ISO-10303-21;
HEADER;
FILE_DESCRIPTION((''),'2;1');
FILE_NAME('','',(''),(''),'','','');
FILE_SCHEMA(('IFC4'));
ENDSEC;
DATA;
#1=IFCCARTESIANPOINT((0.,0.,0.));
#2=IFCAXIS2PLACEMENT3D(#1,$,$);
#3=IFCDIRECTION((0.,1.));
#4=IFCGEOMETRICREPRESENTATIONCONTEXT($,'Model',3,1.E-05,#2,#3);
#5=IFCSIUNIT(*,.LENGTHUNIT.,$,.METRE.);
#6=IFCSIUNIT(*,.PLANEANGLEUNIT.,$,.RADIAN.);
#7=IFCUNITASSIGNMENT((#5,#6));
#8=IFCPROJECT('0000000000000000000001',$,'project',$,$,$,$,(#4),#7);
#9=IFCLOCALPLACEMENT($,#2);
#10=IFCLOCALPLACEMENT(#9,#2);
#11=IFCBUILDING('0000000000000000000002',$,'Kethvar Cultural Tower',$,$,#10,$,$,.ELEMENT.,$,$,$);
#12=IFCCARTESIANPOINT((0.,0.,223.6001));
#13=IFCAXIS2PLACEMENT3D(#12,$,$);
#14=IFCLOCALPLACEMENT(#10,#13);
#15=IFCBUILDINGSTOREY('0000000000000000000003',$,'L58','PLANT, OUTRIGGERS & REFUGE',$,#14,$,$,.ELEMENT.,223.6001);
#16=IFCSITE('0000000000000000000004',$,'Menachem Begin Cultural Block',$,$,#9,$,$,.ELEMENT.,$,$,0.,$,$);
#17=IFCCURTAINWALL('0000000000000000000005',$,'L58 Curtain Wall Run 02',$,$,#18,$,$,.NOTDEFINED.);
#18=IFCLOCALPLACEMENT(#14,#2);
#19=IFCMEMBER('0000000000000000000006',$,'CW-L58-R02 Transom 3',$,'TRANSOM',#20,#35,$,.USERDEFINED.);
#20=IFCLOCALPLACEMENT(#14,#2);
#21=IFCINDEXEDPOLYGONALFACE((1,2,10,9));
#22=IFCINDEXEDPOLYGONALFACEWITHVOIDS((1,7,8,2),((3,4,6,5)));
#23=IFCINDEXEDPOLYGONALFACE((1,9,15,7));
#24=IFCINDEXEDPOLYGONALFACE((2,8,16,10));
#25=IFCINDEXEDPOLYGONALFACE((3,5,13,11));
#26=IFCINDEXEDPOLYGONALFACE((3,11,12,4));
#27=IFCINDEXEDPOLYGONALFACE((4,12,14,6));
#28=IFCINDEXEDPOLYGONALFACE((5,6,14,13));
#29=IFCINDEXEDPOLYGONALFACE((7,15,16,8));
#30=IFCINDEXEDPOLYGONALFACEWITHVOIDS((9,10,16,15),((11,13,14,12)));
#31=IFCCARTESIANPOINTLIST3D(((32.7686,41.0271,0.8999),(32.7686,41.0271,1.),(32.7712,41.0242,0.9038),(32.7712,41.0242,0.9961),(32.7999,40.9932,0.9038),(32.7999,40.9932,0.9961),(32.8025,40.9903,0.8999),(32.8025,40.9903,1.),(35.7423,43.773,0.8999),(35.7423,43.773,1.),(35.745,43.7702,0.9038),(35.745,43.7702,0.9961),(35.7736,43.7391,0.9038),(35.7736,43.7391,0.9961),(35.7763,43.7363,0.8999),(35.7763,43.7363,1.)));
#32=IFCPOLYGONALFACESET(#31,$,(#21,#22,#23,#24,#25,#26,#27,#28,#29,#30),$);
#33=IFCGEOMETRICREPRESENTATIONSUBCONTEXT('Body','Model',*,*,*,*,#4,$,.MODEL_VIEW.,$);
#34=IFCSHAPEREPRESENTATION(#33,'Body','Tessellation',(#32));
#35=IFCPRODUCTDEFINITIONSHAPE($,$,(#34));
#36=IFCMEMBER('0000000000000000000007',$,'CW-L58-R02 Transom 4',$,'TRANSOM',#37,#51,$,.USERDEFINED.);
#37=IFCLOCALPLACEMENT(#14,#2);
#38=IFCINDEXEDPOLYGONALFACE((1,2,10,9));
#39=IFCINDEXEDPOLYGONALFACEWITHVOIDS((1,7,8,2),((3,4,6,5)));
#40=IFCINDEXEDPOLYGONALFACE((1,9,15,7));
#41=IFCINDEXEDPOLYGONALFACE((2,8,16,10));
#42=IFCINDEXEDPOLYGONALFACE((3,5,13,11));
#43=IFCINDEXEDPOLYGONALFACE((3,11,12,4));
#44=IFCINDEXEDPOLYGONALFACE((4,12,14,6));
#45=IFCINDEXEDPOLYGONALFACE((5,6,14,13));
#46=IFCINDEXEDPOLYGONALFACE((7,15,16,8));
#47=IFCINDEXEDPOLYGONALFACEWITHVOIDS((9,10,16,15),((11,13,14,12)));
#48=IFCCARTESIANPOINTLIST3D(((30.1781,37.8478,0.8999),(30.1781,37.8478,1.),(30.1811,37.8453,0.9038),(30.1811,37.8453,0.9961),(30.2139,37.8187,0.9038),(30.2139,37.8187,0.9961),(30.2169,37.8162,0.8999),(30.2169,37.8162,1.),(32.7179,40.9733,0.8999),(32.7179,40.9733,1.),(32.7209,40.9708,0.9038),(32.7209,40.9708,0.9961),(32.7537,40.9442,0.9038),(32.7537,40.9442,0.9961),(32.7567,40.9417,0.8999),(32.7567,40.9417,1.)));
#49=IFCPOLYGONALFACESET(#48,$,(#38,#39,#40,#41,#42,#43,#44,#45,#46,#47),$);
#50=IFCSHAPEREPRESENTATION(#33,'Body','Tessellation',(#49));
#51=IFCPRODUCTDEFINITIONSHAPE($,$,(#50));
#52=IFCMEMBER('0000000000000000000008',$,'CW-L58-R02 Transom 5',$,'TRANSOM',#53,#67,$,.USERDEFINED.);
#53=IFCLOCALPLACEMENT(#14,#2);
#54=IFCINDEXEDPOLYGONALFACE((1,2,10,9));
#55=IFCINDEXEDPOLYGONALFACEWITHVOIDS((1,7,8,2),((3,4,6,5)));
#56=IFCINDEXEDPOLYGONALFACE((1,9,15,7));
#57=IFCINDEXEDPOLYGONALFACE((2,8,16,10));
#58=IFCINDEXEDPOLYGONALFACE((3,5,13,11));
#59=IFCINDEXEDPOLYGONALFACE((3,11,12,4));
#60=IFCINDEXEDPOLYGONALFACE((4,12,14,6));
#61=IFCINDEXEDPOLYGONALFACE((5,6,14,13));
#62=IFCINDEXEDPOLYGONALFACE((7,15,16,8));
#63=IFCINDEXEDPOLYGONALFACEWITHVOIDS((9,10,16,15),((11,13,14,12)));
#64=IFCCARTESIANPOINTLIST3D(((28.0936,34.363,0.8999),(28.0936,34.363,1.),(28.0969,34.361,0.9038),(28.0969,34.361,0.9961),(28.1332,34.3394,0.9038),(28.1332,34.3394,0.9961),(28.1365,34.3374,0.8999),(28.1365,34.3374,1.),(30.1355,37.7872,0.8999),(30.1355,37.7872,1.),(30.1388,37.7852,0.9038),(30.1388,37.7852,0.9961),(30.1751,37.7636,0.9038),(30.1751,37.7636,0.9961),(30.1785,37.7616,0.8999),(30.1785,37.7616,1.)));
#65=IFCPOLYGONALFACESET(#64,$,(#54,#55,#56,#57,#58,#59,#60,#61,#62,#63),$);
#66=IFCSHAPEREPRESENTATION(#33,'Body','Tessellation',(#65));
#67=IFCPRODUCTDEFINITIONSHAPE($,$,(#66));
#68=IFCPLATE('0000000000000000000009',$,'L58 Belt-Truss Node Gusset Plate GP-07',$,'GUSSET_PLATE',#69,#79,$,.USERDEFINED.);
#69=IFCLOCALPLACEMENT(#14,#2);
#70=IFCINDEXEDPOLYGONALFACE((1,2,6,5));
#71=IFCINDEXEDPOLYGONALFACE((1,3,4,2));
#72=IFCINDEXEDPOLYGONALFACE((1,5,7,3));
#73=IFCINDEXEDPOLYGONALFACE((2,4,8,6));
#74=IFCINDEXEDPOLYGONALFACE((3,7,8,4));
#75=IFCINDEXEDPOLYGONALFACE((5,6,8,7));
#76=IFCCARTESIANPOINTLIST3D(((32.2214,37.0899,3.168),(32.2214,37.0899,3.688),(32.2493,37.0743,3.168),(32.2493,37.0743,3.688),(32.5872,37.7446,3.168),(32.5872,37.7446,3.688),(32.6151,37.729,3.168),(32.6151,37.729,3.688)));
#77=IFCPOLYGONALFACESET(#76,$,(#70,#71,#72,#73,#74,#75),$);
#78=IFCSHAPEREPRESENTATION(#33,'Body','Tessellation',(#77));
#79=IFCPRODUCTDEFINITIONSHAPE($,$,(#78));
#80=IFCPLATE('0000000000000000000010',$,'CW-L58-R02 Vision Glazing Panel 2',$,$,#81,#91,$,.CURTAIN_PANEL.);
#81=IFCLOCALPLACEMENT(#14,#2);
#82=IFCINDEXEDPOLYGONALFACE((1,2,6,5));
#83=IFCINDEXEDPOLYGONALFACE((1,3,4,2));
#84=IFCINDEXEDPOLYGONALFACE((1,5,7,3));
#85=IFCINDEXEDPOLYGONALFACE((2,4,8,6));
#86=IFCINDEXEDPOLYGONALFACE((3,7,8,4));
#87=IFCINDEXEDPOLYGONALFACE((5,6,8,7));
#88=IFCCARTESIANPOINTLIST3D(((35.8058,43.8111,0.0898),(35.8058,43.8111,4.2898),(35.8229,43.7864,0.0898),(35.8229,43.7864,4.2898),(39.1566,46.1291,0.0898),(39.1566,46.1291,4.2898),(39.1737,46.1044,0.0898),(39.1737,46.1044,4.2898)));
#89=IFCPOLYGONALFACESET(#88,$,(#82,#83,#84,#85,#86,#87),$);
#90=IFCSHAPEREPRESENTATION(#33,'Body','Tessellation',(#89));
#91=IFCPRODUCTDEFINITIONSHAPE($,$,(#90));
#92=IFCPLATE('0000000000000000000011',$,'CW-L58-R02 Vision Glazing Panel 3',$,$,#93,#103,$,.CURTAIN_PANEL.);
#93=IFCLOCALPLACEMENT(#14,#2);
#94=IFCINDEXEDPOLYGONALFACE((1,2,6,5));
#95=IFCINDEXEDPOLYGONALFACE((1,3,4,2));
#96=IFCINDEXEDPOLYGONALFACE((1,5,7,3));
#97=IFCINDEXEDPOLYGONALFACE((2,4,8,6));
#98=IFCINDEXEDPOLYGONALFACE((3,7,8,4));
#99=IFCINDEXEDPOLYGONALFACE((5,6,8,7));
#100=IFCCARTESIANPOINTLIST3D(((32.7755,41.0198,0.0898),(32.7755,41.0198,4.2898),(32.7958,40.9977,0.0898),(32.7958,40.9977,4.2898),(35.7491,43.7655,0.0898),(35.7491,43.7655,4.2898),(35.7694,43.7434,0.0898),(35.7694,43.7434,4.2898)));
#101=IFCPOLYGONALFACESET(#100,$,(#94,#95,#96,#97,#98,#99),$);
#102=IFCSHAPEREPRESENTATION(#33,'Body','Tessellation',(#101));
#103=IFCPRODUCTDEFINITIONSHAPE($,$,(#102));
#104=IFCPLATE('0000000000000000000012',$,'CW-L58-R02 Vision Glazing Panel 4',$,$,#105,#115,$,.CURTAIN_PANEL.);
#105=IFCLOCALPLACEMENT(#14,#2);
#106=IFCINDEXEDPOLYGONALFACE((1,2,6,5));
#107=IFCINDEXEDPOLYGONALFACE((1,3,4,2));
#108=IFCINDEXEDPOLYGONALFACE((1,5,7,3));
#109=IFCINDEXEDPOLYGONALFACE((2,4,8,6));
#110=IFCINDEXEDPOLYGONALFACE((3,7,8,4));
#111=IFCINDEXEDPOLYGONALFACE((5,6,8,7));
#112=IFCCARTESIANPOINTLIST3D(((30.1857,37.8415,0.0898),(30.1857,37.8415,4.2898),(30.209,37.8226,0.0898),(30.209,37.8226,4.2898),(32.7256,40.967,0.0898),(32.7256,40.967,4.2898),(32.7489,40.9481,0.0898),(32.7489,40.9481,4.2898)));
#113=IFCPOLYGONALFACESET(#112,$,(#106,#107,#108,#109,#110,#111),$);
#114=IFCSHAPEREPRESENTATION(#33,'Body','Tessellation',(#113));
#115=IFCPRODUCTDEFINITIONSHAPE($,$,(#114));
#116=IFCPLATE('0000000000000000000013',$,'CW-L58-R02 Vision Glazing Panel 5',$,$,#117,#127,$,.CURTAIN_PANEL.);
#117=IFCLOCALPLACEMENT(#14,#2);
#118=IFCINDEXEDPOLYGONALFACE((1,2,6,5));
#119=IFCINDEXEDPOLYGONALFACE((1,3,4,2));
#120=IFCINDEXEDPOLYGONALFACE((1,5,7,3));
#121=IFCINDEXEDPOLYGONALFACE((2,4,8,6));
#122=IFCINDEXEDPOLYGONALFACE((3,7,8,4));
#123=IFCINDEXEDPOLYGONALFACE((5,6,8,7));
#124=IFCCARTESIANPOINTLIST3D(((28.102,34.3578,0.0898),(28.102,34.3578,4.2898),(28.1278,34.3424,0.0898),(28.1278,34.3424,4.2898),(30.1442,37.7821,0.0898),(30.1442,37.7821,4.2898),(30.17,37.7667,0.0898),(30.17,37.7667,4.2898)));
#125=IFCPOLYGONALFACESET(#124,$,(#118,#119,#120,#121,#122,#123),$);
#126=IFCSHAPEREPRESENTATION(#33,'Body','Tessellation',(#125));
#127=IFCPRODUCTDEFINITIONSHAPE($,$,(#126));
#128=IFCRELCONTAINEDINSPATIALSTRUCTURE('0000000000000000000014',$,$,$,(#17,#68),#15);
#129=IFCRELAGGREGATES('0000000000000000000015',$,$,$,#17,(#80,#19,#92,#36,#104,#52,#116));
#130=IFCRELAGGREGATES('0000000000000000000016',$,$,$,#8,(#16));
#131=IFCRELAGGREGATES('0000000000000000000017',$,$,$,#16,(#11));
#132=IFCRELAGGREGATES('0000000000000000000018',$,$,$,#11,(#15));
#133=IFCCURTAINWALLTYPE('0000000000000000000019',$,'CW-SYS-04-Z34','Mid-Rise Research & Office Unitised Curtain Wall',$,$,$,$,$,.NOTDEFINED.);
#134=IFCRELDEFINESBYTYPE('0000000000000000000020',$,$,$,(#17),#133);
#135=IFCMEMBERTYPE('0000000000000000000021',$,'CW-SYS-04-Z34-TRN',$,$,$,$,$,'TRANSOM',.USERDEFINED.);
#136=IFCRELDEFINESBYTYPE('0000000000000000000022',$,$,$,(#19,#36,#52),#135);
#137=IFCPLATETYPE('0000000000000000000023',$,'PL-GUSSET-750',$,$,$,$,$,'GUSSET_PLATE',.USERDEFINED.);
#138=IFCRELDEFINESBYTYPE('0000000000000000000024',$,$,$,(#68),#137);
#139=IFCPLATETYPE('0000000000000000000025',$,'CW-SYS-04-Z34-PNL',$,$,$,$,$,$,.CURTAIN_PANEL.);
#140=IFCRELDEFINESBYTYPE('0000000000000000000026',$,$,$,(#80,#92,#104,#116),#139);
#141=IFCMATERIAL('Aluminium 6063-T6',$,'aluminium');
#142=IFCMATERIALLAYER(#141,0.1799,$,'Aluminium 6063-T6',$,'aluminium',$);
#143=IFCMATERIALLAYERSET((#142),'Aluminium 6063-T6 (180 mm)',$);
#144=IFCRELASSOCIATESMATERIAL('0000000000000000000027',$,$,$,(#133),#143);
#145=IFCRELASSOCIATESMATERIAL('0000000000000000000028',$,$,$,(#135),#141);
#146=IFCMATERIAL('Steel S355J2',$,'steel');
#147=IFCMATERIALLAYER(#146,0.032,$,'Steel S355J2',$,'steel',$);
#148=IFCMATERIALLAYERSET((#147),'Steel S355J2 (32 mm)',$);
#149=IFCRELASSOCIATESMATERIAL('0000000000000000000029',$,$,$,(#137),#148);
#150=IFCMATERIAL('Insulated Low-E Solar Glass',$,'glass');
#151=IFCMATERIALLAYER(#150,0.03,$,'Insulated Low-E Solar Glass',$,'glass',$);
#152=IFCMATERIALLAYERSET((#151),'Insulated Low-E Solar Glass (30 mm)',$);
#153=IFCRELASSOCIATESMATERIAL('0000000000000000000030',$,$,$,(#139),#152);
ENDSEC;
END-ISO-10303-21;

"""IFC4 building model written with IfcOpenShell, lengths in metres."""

from ifc_helpers import new_model, si_unit, direction, frame, origin, origin_2d, place, context, subcontext, project, spatial, rectangle, hollow_rectangle, extrude, source, transform, mapped, material, layer, layer_set, material_profile, profile_set, type_object, element, aggregate, save


model = new_model("IFC4")

# Units and contexts
model_context = context("Model", 3, precision=1e-05, world=origin(), true_north=direction((0.0, 1.0)))
body_context = subcontext(model_context, "Body", "Model", "MODEL_VIEW")
ifc_project = project(units=[si_unit("LENGTHUNIT", "METRE"), si_unit("PLANEANGLEUNIT", "RADIAN")], contexts=[model_context])

# Site, building, storey
site_placement = place(None, origin())
site = spatial("IfcSite", under=ifc_project, at=site_placement, Name="Menachem Begin Cultural Block", CompositionType="ELEMENT", RefElevation=0.0)
building_placement = place(site_placement, origin())
building = spatial("IfcBuilding", under=site, at=building_placement, Name="Kethvar Cultural Tower", CompositionType="ELEMENT")
storey_placement = place(building_placement, frame((0.0, 0.0, 223.6001)))
storey = spatial("IfcBuildingStorey", under=building, at=storey_placement, Name="L58", Description="PLANT, OUTRIGGERS & REFUGE", CompositionType="ELEMENT", Elevation=223.6001)

# Shared definitions
ifc_material_1 = material(Name="Steel S355J2", Category="steel")

# Curtain wall, members
ifc_material_2 = material(Name="Aluminium 6063-T6", Category="aluminium")
ifc_layer_1 = layer(ifc_material_2, 0.1799, Name="Aluminium 6063-T6", Category="aluminium")
ifc_layer_set_1 = layer_set([ifc_layer_1], Name="Aluminium 6063-T6 (180 mm)")
curtain_wall_type = type_object("IfcCurtainWallType", Name="CW-SYS-04-Z34", Description="Mid-Rise Research & Office Unitised Curtain Wall", PredefinedType="NOTDEFINED", material=ifc_layer_set_1)
curtain_wall_placement = place(storey_placement, origin())
curtain_wall = element("IfcCurtainWall", 1, at=curtain_wall_placement, inside=storey, type_object=curtain_wall_type, Name="L58 Curtain Wall Run 02", PredefinedType="NOTDEFINED")
ifc_material_profile_1 = material_profile(ifc_material_2, hollow_rectangle(XDim=0.05, YDim=0.1001, WallThickness=0.0039, at=origin_2d()), Name="Aluminium 6063-T6 — RHS100x50x4")
ifc_profile_set_1 = profile_set([ifc_material_profile_1], Name="Aluminium 6063-T6 — RHS100x50x4")
member_type_1 = type_object("IfcMemberType", Name="CW-SYS-04-Z34-TRN", ElementType="TRANSOM", PredefinedType="USERDEFINED", material=ifc_profile_set_1)
shared_shape_1 = source(origin(), body_context, "Body", "SweptSolid", [
    extrude(hollow_rectangle(XDim=0.05, YDim=0.1001, WallThickness=0.0039, at=origin_2d()), origin(), (0.0, 0.0, 1.0), 4.0476),
])
member_1_placement = place(storey_placement, frame((35.7593, 43.7546, 0.95), z_axis=(-0.734685, -0.678408, 0.0), x_axis=(0.678408, -0.734685, 0.0)))
member_1 = element("IfcMember", 2, at=member_1_placement, type_object=member_type_1, Name="CW-L58-R02 Transom 3", ObjectType="TRANSOM", PredefinedType="USERDEFINED", context=body_context, shape_type="MappedRepresentation", body=[
    mapped(shared_shape_1, transform((0.0, 0.0, 0.0), scale=1.0)),
])
shared_shape_2 = source(origin(), body_context, "Body", "SweptSolid", [
    extrude(hollow_rectangle(XDim=0.05, YDim=0.1001, WallThickness=0.0039, at=origin_2d()), origin(), (0.0, 0.0, 1.0), 4.0273),
])
member_2_placement = place(storey_placement, frame((32.7373, 40.9575, 0.95), z_axis=(-0.630643, -0.776073, 0.0), x_axis=(0.776073, -0.630643, 0.0)))
member_2 = element("IfcMember", 3, at=member_2_placement, type_object=member_type_1, Name="CW-L58-R02 Transom 4", ObjectType="TRANSOM", PredefinedType="USERDEFINED", context=body_context, shape_type="MappedRepresentation", body=[
    mapped(shared_shape_2, transform((0.0, 0.0, 0.0), scale=1.0)),
])
shared_shape_3 = source(origin(), body_context, "Body", "SweptSolid", [
    extrude(hollow_rectangle(XDim=0.05, YDim=0.1001, WallThickness=0.0039, at=origin_2d()), origin(), (0.0, 0.0, 1.0), 3.9868),
])
member_3_placement = place(storey_placement, frame((30.157, 37.7744, 0.95), z_axis=(-0.512171, -0.858884, 0.0), x_axis=(0.858884, -0.512171, 0.0)))
member_3 = element("IfcMember", 4, at=member_3_placement, type_object=member_type_1, Name="CW-L58-R02 Transom 5", ObjectType="TRANSOM", PredefinedType="USERDEFINED", context=body_context, shape_type="MappedRepresentation", body=[
    mapped(shared_shape_3, transform((0.0, 0.0, 0.0), scale=1.0)),
])

# Plates
ifc_layer_2 = layer(ifc_material_1, 0.032, Name="Steel S355J2", Category="steel")
ifc_layer_set_2 = layer_set([ifc_layer_2], Name="Steel S355J2 (32 mm)")
plate_type_1 = type_object("IfcPlateType", Name="PL-GUSSET-750", ElementType="GUSSET_PLATE", PredefinedType="USERDEFINED", material=ifc_layer_set_2)
shared_shape_4 = source(origin(), body_context, "Body", "SweptSolid", [
    extrude(rectangle(XDim=0.75, YDim=0.032, at=origin_2d()), origin(), (0.0, 0.0, 1.0), 0.52),
])
plate_1_placement = place(storey_placement, frame((32.4182, 37.4094, 3.168), z_axis=(0.0, 0.0, 1.0), x_axis=(-0.487736, -0.872991, 0.0)))
element("IfcPlate", 5, at=plate_1_placement, inside=storey, type_object=plate_type_1, Name="L58 Belt-Truss Node Gusset Plate GP-07", ObjectType="GUSSET_PLATE", PredefinedType="USERDEFINED", context=body_context, shape_type="MappedRepresentation", body=[
    mapped(shared_shape_4, transform((0.0, 0.0, 0.0), scale=1.0)),
])
ifc_material_3 = material(Name="Insulated Low-E Solar Glass", Category="glass")
ifc_layer_3 = layer(ifc_material_3, 0.03, Name="Insulated Low-E Solar Glass", Category="glass")
ifc_layer_set_3 = layer_set([ifc_layer_3], Name="Insulated Low-E Solar Glass (30 mm)")
plate_type_2 = type_object("IfcPlateType", Name="CW-SYS-04-Z34-PNL", PredefinedType="CURTAIN_PANEL", material=ifc_layer_set_3)
shared_shape_5 = source(origin(), body_context, "Body", "SweptSolid", [
    extrude(rectangle(XDim=4.0745, YDim=0.03, at=origin_2d()), origin(), (0.0, 0.0, 1.0), 4.2),
])
plate_2_placement = place(storey_placement, frame((37.4897, 44.9578, 0.0898), z_axis=(0.0, 0.0, 1.0), x_axis=(-0.822402, -0.568906, 0.0)))
plate_2 = element("IfcPlate", 6, at=plate_2_placement, type_object=plate_type_2, Name="CW-L58-R02 Vision Glazing Panel 2", PredefinedType="CURTAIN_PANEL", context=body_context, shape_type="MappedRepresentation", body=[
    mapped(shared_shape_5, transform((0.0, 0.0, 0.0), scale=1.0)),
])
shared_shape_6 = source(origin(), body_context, "Body", "SweptSolid", [
    extrude(rectangle(XDim=4.0474, YDim=0.03, at=origin_2d()), origin(), (0.0, 0.0, 1.0), 4.2),
])
plate_3_placement = place(storey_placement, frame((34.2725, 42.3816, 0.0898), z_axis=(0.0, 0.0, 1.0), x_axis=(-0.734702, -0.678391, 0.0)))
plate_3 = element("IfcPlate", 7, at=plate_3_placement, type_object=plate_type_2, Name="CW-L58-R02 Vision Glazing Panel 3", PredefinedType="CURTAIN_PANEL", context=body_context, shape_type="MappedRepresentation", body=[
    mapped(shared_shape_6, transform((0.0, 0.0, 0.0), scale=1.0)),
])
shared_shape_7 = source(origin(), body_context, "Body", "SweptSolid", [
    extrude(rectangle(XDim=4.0273, YDim=0.03, at=origin_2d()), origin(), (0.0, 0.0, 1.0), 4.2),
])
plate_4_placement = place(storey_placement, frame((31.4673, 39.3948, 0.0898), z_axis=(0.0, 0.0, 1.0), x_axis=(-0.630649, -0.776068, 0.0)))
plate_4 = element("IfcPlate", 8, at=plate_4_placement, type_object=plate_type_2, Name="CW-L58-R02 Vision Glazing Panel 4", PredefinedType="CURTAIN_PANEL", context=body_context, shape_type="MappedRepresentation", body=[
    mapped(shared_shape_7, transform((0.0, 0.0, 0.0), scale=1.0)),
])
shared_shape_8 = source(origin(), body_context, "Body", "SweptSolid", [
    extrude(rectangle(XDim=3.9871, YDim=0.03, at=origin_2d()), origin(), (0.0, 0.0, 1.0), 4.2),
])
plate_5_placement = place(storey_placement, frame((29.136, 36.0623, 0.0898), z_axis=(0.0, 0.0, 1.0), x_axis=(-0.512208, -0.858862, 0.0)))
plate_5 = element("IfcPlate", 9, at=plate_5_placement, type_object=plate_type_2, Name="CW-L58-R02 Vision Glazing Panel 5", PredefinedType="CURTAIN_PANEL", context=body_context, shape_type="MappedRepresentation", body=[
    mapped(shared_shape_8, transform((0.0, 0.0, 0.0), scale=1.0)),
])
aggregate(curtain_wall, [plate_2, member_1, plate_3, member_2, plate_4, member_3, plate_5])

save(model, "model.ifc")
